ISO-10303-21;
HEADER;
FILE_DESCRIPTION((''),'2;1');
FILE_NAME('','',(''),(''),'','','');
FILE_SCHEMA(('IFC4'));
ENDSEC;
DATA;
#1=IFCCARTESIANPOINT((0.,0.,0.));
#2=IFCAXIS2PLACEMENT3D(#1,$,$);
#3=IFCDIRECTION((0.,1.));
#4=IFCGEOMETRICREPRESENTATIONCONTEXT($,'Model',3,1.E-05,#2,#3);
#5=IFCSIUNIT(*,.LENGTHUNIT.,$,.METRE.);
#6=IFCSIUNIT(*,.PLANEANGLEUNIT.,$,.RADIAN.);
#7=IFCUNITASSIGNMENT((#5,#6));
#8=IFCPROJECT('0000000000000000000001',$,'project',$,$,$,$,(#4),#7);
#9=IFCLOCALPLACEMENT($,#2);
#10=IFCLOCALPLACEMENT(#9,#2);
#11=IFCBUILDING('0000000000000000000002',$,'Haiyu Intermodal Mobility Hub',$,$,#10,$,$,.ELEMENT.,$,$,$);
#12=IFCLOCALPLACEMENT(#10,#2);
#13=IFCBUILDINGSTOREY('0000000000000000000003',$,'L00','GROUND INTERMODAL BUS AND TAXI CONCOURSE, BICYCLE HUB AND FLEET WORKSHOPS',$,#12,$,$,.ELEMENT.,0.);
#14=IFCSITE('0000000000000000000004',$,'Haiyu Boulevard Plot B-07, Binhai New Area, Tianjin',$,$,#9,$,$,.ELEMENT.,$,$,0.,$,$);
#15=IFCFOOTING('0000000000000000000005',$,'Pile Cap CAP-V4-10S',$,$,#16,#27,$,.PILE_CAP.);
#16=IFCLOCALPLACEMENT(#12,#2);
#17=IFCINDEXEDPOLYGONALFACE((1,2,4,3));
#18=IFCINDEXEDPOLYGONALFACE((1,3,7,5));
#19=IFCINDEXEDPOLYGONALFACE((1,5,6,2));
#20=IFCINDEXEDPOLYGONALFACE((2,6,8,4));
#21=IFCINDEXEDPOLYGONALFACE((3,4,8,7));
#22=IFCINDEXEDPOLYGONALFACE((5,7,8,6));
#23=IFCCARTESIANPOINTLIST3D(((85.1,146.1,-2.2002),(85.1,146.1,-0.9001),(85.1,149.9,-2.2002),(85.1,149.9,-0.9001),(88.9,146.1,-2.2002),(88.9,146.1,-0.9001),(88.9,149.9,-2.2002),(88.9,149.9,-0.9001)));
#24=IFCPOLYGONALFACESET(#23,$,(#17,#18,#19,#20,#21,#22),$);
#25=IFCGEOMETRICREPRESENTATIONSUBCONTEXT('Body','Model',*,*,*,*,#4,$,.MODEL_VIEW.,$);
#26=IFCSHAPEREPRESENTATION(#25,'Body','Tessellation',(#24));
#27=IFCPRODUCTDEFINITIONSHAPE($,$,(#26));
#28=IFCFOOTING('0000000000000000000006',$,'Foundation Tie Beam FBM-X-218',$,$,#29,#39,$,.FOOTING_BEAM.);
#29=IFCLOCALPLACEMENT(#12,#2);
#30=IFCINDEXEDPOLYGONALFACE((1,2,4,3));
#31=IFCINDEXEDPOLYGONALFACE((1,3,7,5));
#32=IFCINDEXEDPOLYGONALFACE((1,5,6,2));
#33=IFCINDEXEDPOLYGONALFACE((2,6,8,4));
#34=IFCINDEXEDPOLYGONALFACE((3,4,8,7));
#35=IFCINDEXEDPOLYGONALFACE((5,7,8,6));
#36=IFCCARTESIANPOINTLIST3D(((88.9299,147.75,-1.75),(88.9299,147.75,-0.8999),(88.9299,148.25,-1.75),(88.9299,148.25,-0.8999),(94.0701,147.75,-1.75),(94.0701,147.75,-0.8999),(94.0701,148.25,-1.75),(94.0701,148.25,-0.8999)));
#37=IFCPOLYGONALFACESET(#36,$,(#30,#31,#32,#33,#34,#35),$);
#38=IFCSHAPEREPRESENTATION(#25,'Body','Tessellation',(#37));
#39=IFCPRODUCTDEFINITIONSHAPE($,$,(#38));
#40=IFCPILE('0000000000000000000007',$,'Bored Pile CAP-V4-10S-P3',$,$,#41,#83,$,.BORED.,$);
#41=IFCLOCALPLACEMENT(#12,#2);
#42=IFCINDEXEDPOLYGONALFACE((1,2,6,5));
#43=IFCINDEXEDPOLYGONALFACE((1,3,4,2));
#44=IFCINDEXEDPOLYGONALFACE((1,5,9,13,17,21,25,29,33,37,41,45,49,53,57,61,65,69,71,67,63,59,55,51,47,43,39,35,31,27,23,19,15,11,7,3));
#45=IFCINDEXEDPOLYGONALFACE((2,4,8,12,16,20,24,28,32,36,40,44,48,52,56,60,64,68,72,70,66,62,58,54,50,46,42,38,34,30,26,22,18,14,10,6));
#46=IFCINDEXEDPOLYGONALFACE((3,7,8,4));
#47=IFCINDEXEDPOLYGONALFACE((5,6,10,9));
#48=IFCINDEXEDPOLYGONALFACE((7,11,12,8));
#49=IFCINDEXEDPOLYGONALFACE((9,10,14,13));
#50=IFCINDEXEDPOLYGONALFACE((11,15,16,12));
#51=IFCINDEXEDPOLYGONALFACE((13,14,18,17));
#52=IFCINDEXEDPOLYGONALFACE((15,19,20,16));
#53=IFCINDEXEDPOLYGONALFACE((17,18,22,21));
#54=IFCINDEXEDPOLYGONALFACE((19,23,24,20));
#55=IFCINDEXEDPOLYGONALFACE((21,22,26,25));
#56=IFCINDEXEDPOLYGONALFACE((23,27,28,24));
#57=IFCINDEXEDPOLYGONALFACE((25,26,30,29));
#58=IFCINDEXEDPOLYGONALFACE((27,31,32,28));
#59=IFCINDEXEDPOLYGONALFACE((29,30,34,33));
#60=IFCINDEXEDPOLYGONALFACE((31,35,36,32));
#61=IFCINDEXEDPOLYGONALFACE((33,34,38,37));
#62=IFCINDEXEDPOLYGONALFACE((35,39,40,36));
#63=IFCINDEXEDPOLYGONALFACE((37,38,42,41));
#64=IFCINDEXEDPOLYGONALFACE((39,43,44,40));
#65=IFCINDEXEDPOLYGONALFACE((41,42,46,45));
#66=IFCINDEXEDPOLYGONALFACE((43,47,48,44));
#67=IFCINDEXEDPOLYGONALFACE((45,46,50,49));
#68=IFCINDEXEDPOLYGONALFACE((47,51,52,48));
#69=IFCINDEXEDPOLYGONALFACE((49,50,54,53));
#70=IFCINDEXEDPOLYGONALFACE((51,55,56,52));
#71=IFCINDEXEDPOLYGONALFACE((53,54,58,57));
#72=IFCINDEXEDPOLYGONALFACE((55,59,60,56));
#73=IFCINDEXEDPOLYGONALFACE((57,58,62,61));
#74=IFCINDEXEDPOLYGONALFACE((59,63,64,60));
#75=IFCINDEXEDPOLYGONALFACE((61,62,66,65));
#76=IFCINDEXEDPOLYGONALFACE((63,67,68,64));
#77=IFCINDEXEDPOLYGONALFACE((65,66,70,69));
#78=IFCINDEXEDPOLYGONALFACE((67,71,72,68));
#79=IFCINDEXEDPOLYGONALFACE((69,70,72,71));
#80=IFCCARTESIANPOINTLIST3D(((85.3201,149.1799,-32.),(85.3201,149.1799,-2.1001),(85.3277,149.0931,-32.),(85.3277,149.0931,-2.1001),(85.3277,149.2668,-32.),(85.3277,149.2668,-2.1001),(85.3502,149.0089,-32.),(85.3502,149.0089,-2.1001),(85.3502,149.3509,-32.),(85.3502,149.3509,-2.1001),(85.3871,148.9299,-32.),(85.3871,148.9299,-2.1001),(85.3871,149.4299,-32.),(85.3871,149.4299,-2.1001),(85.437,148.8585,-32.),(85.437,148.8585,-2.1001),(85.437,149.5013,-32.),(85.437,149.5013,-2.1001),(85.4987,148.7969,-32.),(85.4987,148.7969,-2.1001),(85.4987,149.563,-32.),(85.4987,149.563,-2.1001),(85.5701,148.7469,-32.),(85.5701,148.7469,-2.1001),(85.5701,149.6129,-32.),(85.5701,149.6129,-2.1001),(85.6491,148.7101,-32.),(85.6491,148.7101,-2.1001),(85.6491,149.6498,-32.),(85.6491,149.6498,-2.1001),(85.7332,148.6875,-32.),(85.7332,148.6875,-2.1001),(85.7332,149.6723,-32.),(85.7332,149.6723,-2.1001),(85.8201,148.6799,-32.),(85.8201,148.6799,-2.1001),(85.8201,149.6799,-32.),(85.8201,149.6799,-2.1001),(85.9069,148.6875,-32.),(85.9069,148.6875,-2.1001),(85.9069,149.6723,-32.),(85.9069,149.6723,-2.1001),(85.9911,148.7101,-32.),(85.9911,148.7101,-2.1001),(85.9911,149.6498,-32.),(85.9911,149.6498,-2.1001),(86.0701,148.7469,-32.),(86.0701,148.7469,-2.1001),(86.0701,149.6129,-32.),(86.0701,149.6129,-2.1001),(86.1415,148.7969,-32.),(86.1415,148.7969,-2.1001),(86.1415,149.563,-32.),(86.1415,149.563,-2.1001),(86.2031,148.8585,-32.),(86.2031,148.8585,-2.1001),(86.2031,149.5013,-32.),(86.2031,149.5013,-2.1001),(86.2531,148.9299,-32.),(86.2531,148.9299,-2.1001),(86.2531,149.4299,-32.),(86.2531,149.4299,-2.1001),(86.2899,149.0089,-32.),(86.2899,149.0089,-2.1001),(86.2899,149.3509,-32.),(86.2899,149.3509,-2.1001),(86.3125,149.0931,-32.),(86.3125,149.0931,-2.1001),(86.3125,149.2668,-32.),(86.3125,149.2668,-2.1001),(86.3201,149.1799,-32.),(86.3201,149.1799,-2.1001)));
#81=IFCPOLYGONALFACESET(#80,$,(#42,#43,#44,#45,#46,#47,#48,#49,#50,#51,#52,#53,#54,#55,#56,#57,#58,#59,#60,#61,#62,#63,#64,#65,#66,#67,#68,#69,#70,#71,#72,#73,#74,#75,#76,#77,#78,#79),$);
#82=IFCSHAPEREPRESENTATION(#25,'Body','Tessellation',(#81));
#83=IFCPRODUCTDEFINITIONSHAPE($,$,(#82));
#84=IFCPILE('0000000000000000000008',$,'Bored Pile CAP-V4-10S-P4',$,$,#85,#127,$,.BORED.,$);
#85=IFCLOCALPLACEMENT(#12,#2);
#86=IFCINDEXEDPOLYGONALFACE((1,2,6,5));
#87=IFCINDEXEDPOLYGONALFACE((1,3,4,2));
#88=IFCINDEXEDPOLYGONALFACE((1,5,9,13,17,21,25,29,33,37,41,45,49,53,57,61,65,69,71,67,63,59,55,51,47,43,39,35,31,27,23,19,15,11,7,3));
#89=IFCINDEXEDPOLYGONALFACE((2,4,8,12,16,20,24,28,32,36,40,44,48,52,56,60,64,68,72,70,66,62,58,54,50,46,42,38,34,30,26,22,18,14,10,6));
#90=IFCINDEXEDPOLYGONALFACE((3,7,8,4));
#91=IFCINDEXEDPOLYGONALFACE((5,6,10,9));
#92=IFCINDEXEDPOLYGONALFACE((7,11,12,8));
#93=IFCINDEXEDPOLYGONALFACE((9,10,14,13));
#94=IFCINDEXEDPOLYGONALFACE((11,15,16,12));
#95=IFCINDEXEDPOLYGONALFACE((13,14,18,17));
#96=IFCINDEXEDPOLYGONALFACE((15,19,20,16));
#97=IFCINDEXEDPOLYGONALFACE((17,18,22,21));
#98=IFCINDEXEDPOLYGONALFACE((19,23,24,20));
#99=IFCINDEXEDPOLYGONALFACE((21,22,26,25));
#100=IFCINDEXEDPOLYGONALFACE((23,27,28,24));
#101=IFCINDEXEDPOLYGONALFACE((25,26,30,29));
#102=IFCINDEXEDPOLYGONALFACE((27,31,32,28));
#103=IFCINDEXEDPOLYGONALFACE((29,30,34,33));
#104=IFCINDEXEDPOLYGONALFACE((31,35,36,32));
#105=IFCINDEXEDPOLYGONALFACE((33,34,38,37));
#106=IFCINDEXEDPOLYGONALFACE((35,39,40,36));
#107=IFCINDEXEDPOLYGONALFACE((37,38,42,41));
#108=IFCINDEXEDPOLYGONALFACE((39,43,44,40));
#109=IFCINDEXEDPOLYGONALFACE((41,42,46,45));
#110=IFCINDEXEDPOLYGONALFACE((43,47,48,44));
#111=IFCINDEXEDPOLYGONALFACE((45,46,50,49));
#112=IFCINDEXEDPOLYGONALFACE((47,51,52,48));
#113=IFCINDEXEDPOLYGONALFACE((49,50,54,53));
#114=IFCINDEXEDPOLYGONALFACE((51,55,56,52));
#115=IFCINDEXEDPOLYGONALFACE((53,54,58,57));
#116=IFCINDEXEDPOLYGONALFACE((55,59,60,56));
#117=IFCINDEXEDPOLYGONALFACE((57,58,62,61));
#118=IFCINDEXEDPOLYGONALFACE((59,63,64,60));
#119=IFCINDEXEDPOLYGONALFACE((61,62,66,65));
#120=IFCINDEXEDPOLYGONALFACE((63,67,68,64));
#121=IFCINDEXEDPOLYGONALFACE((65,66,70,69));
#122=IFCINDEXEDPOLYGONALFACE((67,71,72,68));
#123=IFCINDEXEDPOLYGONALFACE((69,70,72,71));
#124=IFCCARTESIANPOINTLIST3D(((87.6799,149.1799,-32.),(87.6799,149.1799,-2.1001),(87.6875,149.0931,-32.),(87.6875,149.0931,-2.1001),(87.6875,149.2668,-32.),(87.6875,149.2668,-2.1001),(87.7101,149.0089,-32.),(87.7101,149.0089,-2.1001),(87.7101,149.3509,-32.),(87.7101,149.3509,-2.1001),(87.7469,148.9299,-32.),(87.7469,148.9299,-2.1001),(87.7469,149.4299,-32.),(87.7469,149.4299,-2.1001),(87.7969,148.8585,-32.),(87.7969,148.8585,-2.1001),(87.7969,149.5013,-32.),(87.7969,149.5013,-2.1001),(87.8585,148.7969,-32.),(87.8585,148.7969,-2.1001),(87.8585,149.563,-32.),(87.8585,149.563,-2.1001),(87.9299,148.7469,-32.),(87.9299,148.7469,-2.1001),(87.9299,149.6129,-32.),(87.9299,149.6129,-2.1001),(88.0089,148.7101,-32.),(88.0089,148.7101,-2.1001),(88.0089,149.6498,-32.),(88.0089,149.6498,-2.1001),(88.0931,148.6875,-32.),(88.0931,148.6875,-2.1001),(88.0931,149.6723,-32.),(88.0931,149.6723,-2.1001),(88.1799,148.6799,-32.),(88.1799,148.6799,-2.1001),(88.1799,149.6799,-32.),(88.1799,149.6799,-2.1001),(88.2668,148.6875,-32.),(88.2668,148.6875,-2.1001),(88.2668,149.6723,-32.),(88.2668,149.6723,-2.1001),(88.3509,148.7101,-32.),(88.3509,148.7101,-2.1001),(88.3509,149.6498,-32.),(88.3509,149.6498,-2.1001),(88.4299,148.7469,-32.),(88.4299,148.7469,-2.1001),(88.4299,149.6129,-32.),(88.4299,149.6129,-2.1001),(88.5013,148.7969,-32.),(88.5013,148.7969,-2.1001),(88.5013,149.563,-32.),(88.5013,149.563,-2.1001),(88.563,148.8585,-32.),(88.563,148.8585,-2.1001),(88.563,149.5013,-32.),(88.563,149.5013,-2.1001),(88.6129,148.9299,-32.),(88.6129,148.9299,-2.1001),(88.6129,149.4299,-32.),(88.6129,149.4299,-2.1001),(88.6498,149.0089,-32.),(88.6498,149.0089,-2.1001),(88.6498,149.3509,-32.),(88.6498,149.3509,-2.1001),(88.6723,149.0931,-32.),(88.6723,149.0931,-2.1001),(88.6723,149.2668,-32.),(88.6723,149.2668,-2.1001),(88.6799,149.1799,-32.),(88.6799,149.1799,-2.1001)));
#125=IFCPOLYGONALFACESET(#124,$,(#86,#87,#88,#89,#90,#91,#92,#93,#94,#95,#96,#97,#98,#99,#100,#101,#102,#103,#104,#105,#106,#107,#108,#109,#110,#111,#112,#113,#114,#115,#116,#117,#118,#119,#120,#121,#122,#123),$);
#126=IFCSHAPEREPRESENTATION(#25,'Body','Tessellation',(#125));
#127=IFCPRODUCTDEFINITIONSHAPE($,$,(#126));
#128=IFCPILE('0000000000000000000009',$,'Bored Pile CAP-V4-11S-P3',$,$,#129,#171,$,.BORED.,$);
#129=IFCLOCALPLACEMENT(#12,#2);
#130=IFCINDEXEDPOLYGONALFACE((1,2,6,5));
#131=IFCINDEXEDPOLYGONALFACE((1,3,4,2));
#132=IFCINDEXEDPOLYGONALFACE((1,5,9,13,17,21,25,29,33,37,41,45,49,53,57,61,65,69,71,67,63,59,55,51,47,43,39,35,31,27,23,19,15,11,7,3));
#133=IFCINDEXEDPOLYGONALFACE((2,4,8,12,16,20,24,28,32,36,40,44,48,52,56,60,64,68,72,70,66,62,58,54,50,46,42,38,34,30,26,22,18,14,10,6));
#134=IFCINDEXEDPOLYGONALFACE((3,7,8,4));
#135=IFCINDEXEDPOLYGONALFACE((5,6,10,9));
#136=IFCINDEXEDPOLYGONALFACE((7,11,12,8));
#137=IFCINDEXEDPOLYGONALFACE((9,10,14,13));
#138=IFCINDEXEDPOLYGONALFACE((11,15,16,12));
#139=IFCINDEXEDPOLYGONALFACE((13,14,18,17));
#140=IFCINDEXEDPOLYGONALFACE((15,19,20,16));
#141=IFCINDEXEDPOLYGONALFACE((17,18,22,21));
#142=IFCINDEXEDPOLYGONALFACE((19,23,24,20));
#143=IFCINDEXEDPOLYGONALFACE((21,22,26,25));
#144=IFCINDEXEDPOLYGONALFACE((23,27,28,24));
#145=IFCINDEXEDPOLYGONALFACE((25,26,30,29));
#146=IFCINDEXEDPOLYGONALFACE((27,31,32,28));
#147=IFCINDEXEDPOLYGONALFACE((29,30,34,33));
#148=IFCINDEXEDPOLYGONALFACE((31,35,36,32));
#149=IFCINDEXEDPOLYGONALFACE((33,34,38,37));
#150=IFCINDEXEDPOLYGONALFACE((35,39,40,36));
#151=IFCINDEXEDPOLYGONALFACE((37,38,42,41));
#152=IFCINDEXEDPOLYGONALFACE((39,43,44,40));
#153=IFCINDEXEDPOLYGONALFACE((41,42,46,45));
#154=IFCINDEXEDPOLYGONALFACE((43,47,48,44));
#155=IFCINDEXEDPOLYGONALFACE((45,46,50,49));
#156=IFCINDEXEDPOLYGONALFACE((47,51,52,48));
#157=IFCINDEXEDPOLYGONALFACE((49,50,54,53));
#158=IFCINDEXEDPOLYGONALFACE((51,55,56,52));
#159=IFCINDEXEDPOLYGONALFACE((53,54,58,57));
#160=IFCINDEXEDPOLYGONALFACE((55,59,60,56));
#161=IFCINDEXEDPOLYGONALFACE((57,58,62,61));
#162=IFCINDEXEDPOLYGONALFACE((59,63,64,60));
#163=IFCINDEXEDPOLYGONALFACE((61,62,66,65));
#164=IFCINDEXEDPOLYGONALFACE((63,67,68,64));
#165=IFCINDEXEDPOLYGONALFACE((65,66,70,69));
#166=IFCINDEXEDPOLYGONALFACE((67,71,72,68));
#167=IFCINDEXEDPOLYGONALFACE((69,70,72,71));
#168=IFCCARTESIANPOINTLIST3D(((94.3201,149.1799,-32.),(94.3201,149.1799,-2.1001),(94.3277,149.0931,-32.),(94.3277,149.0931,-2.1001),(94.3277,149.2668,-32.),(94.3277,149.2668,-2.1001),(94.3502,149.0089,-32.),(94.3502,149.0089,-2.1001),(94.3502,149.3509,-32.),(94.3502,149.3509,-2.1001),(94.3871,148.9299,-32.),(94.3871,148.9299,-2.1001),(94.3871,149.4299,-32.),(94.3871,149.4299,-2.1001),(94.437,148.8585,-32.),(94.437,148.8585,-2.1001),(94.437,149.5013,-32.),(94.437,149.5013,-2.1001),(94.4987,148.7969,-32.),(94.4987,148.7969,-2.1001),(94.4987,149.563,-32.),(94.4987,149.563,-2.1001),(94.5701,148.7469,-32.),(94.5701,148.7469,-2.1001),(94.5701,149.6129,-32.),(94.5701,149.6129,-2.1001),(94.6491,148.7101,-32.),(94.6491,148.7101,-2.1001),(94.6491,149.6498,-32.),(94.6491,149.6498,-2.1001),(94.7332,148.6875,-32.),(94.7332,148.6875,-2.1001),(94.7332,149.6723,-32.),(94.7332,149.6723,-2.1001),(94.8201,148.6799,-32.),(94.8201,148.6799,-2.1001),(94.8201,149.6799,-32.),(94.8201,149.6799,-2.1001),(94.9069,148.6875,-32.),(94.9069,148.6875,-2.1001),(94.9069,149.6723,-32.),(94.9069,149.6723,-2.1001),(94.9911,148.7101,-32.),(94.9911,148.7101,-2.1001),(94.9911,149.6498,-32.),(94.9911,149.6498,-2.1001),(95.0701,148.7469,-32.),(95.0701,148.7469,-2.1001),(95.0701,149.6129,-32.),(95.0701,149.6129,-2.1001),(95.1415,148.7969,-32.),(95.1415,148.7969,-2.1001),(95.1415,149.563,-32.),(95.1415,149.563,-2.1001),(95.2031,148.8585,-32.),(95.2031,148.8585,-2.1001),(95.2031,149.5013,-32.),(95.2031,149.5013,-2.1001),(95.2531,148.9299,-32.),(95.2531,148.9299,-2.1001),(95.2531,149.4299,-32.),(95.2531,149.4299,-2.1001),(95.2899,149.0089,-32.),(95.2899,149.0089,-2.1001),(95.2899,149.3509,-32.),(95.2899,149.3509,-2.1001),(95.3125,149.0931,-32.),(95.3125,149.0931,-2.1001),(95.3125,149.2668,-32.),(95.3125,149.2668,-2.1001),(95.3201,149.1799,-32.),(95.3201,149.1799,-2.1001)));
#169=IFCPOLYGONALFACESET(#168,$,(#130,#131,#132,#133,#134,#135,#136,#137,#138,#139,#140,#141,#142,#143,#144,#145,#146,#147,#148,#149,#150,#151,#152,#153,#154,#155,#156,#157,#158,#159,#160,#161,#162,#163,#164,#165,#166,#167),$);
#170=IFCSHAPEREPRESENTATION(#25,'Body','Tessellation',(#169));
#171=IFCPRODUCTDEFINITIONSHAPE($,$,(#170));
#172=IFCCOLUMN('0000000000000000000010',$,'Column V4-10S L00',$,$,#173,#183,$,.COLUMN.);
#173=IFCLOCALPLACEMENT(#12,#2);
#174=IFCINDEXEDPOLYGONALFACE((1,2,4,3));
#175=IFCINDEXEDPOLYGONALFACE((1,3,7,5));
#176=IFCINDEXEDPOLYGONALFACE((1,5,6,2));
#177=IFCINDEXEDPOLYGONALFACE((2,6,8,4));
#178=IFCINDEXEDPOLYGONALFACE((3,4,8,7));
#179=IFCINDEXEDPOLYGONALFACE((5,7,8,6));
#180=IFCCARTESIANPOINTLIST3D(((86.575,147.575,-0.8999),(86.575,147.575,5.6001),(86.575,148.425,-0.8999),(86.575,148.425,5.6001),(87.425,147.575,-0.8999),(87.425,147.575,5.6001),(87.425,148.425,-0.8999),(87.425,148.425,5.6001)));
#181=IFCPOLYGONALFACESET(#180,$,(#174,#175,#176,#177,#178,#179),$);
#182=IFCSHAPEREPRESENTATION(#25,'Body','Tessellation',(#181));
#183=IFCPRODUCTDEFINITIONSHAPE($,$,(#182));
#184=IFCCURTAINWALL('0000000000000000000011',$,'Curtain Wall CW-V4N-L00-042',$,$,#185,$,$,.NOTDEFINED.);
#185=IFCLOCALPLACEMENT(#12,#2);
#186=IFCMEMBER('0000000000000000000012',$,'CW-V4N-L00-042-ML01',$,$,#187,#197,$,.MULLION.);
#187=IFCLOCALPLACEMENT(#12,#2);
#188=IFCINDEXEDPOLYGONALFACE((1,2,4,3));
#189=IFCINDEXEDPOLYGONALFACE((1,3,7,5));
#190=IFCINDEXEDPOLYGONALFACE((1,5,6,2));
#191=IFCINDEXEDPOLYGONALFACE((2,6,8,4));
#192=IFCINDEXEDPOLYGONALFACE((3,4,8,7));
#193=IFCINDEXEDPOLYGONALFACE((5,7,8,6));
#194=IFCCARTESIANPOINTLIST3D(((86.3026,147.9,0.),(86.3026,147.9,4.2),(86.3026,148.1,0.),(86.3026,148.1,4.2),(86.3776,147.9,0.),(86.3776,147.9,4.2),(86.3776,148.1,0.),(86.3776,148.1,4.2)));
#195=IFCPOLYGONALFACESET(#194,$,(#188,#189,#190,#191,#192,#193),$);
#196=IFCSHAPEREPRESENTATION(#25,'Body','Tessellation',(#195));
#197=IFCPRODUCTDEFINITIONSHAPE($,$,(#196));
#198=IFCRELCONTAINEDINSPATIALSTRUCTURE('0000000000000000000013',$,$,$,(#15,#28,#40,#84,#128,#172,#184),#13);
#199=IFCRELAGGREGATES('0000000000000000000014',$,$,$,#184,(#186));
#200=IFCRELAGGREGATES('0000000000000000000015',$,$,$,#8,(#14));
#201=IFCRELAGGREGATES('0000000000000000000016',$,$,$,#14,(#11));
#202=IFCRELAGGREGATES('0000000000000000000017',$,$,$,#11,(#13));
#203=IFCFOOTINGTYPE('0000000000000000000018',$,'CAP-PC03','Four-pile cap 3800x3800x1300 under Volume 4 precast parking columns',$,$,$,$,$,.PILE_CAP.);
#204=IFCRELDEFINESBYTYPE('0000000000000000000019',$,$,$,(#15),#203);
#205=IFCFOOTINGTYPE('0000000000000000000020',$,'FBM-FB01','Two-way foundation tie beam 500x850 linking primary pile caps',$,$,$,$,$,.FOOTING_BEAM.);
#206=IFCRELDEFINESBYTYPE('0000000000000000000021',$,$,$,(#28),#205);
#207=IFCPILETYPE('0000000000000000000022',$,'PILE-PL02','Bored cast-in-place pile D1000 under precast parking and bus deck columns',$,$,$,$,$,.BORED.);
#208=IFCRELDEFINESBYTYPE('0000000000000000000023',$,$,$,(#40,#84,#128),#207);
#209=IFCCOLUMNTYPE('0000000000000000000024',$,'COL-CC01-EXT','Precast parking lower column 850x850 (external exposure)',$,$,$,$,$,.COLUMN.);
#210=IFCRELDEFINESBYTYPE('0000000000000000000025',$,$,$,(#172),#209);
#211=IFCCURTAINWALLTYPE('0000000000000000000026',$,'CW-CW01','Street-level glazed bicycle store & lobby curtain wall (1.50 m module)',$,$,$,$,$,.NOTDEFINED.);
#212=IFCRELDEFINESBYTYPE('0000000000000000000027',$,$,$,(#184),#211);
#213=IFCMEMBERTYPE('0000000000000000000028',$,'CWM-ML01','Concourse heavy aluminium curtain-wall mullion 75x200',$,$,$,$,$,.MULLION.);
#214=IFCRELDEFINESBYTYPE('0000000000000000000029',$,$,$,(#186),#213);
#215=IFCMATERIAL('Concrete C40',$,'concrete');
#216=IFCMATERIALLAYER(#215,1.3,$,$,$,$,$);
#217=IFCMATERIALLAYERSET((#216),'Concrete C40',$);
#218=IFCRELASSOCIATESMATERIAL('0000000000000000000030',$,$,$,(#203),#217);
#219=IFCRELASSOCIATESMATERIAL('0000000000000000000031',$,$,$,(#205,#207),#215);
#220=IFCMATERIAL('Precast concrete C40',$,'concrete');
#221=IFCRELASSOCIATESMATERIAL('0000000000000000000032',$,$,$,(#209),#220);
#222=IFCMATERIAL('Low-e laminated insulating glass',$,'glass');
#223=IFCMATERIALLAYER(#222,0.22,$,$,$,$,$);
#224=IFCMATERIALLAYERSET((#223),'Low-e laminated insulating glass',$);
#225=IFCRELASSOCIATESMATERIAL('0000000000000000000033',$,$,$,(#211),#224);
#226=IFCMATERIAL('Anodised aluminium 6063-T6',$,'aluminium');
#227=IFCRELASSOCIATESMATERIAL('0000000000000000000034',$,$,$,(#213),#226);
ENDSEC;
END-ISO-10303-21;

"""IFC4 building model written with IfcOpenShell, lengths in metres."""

from ifc_helpers import new_model, si_unit, direction, frame, origin, origin_2d, place, context, subcontext, project, spatial, rectangle, circle, extrude, material, layer, layer_set, material_profile, profile_set, type_object, element, aggregate, save


model = new_model("IFC4")

# Units and contexts
model_context = context("Model", 3, precision=1e-05, world=origin(), true_north=direction((0.0, 1.0)))
body_context = subcontext(model_context, "Body", "Model", "MODEL_VIEW")
ifc_project = project(units=[si_unit("LENGTHUNIT", "METRE"), si_unit("PLANEANGLEUNIT", "RADIAN")], contexts=[model_context])

# Site, building, storey
site_placement = place(None, origin())
site = spatial("IfcSite", under=ifc_project, at=site_placement, Name="Haiyu Boulevard Plot B-07, Binhai New Area, Tianjin", CompositionType="ELEMENT", RefElevation=0.0)
building_placement = place(site_placement, origin())
building = spatial("IfcBuilding", under=site, at=building_placement, Name="Haiyu Intermodal Mobility Hub", CompositionType="ELEMENT")
storey_placement = place(building_placement, origin())
storey = spatial("IfcBuildingStorey", under=building, at=storey_placement, Name="L00", Description="GROUND INTERMODAL BUS AND TAXI CONCOURSE, BICYCLE HUB AND FLEET WORKSHOPS", CompositionType="ELEMENT", Elevation=0.0)

# Footings
ifc_material_1 = material(Name="Concrete C40", Category="concrete")
ifc_layer_1 = layer(ifc_material_1, 1.3)
ifc_layer_set_1 = layer_set([ifc_layer_1], Name="Concrete C40")
footing_type_1 = type_object("IfcFootingType", Name="CAP-PC03", Description="Four-pile cap 3800x3800x1300 under Volume 4 precast parking columns", PredefinedType="PILE_CAP", material=ifc_layer_set_1)
footing_1_placement = place(storey_placement, frame((87.0, 148.0, -2.2002), z_axis=(0.0, 0.0, 1.0), x_axis=(1.0, 0.0, 0.0)))
element("IfcFooting", 1, at=footing_1_placement, inside=storey, type_object=footing_type_1, Name="Pile Cap CAP-V4-10S", PredefinedType="PILE_CAP", context=body_context, shape_type="SweptSolid", body=[
    extrude(rectangle(XDim=3.8, YDim=3.8, at=origin_2d()), origin(), (0.0, 0.0, 1.0), 1.3),
])
ifc_material_profile_1 = material_profile(ifc_material_1, rectangle(XDim=0.5, YDim=0.8501, at=origin_2d()), Name="FB500x850")
ifc_profile_set_1 = profile_set([ifc_material_profile_1], Name="Concrete C40")
footing_type_2 = type_object("IfcFootingType", Name="FBM-FB01", Description="Two-way foundation tie beam 500x850 linking primary pile caps", PredefinedType="FOOTING_BEAM", material=ifc_profile_set_1)
footing_2_placement = place(storey_placement, frame((88.9299, 148.0, -1.325), z_axis=(1.0, 0.0, 0.0), x_axis=(0.0, 1.0, 0.0)))
element("IfcFooting", 2, at=footing_2_placement, inside=storey, type_object=footing_type_2, Name="Foundation Tie Beam FBM-X-218", PredefinedType="FOOTING_BEAM", context=body_context, shape_type="SweptSolid", body=[
    extrude(rectangle(XDim=0.5, YDim=0.8501, at=origin_2d()), origin(), (0.0, 0.0, 1.0), 5.1401),
])

# Piles
ifc_material_profile_2 = material_profile(ifc_material_1, circle(Radius=0.5, at=origin_2d()), Name="PILE-D1000")
ifc_profile_set_2 = profile_set([ifc_material_profile_2], Name="Concrete C40")
pile_type = type_object("IfcPileType", Name="PILE-PL02", Description="Bored cast-in-place pile D1000 under precast parking and bus deck columns", PredefinedType="BORED", material=ifc_profile_set_2)
for number, where, z_axis, x_axis, name in (
    (3, (85.8201, 149.1799, -2.1001), (0.0, 0.0, -1.0), (1.0, 0.0, 0.0), "Bored Pile CAP-V4-10S-P3"),
    (4, (88.1799, 149.1799, -2.1001), (0.0, 0.0, -1.0), (1.0, 0.0, 0.0), "Bored Pile CAP-V4-10S-P4"),
    (5, (94.8201, 149.1799, -2.1001), (0.0, 0.0, -1.0), (1.0, 0.0, 0.0), "Bored Pile CAP-V4-11S-P3"),
):
    element("IfcPile", number, at=place(storey_placement, frame(where, z_axis=z_axis, x_axis=x_axis)), inside=storey, type_object=pile_type, Name=name, PredefinedType="BORED", context=body_context, shape_type="SweptSolid", body=[
        extrude(circle(Radius=0.5, at=origin_2d()), origin(), (0.0, 0.0, 1.0), 29.8999),
    ])

# Column
ifc_material_2 = material(Name="Precast concrete C40", Category="concrete")
ifc_material_profile_3 = material_profile(ifc_material_2, rectangle(XDim=0.8501, YDim=0.8501, at=origin_2d()), Name="RC850x850")
ifc_profile_set_3 = profile_set([ifc_material_profile_3], Name="Precast concrete C40")
column_type = type_object("IfcColumnType", Name="COL-CC01-EXT", Description="Precast parking lower column 850x850 (external exposure)", PredefinedType="COLUMN", material=ifc_profile_set_3)
column_placement = place(storey_placement, frame((87.0, 148.0, -0.8999), z_axis=(0.0, 0.0, 1.0), x_axis=(1.0, 0.0, 0.0)))
element("IfcColumn", 6, at=column_placement, inside=storey, type_object=column_type, Name="Column V4-10S L00", PredefinedType="COLUMN", context=body_context, shape_type="SweptSolid", body=[
    extrude(rectangle(XDim=0.8501, YDim=0.8501, at=origin_2d()), origin(), (0.0, 0.0, 1.0), 6.5),
])

# Curtain wall, member
ifc_material_3 = material(Name="Low-e laminated insulating glass", Category="glass")
ifc_layer_2 = layer(ifc_material_3, 0.22)
ifc_layer_set_2 = layer_set([ifc_layer_2], Name="Low-e laminated insulating glass")
curtain_wall_type = type_object("IfcCurtainWallType", Name="CW-CW01", Description="Street-level glazed bicycle store & lobby curtain wall (1.50 m module)", PredefinedType="NOTDEFINED", material=ifc_layer_set_2)
curtain_wall_1_placement = place(storey_placement, origin())
curtain_wall_1 = element("IfcCurtainWall", 7, at=curtain_wall_1_placement, inside=storey, type_object=curtain_wall_type, Name="Curtain Wall CW-V4N-L00-042", PredefinedType="NOTDEFINED")
ifc_material_4 = material(Name="Anodised aluminium 6063-T6", Category="aluminium")
ifc_material_profile_4 = material_profile(ifc_material_4, rectangle(XDim=0.075, YDim=0.2, at=origin_2d()), Name="ALU75x200")
ifc_profile_set_4 = profile_set([ifc_material_profile_4], Name="Anodised aluminium 6063-T6")
member_type_1 = type_object("IfcMemberType", Name="CWM-ML01", Description="Concourse heavy aluminium curtain-wall mullion 75x200", PredefinedType="MULLION", material=ifc_profile_set_4)
member_1_placement = place(storey_placement, frame((86.3401, 148.0, 0.0), z_axis=(0.0, 0.0, 1.0), x_axis=(1.0, 0.0, 0.0)))
member_1 = element("IfcMember", 8, at=member_1_placement, type_object=member_type_1, Name="CW-V4N-L00-042-ML01", PredefinedType="MULLION", context=body_context, shape_type="SweptSolid", body=[
    extrude(rectangle(XDim=0.075, YDim=0.2, at=origin_2d()), origin(), (0.0, 0.0, 1.0), 4.2),
])

aggregate(curtain_wall_1, [member_1])

save(model, "model.ifc")
